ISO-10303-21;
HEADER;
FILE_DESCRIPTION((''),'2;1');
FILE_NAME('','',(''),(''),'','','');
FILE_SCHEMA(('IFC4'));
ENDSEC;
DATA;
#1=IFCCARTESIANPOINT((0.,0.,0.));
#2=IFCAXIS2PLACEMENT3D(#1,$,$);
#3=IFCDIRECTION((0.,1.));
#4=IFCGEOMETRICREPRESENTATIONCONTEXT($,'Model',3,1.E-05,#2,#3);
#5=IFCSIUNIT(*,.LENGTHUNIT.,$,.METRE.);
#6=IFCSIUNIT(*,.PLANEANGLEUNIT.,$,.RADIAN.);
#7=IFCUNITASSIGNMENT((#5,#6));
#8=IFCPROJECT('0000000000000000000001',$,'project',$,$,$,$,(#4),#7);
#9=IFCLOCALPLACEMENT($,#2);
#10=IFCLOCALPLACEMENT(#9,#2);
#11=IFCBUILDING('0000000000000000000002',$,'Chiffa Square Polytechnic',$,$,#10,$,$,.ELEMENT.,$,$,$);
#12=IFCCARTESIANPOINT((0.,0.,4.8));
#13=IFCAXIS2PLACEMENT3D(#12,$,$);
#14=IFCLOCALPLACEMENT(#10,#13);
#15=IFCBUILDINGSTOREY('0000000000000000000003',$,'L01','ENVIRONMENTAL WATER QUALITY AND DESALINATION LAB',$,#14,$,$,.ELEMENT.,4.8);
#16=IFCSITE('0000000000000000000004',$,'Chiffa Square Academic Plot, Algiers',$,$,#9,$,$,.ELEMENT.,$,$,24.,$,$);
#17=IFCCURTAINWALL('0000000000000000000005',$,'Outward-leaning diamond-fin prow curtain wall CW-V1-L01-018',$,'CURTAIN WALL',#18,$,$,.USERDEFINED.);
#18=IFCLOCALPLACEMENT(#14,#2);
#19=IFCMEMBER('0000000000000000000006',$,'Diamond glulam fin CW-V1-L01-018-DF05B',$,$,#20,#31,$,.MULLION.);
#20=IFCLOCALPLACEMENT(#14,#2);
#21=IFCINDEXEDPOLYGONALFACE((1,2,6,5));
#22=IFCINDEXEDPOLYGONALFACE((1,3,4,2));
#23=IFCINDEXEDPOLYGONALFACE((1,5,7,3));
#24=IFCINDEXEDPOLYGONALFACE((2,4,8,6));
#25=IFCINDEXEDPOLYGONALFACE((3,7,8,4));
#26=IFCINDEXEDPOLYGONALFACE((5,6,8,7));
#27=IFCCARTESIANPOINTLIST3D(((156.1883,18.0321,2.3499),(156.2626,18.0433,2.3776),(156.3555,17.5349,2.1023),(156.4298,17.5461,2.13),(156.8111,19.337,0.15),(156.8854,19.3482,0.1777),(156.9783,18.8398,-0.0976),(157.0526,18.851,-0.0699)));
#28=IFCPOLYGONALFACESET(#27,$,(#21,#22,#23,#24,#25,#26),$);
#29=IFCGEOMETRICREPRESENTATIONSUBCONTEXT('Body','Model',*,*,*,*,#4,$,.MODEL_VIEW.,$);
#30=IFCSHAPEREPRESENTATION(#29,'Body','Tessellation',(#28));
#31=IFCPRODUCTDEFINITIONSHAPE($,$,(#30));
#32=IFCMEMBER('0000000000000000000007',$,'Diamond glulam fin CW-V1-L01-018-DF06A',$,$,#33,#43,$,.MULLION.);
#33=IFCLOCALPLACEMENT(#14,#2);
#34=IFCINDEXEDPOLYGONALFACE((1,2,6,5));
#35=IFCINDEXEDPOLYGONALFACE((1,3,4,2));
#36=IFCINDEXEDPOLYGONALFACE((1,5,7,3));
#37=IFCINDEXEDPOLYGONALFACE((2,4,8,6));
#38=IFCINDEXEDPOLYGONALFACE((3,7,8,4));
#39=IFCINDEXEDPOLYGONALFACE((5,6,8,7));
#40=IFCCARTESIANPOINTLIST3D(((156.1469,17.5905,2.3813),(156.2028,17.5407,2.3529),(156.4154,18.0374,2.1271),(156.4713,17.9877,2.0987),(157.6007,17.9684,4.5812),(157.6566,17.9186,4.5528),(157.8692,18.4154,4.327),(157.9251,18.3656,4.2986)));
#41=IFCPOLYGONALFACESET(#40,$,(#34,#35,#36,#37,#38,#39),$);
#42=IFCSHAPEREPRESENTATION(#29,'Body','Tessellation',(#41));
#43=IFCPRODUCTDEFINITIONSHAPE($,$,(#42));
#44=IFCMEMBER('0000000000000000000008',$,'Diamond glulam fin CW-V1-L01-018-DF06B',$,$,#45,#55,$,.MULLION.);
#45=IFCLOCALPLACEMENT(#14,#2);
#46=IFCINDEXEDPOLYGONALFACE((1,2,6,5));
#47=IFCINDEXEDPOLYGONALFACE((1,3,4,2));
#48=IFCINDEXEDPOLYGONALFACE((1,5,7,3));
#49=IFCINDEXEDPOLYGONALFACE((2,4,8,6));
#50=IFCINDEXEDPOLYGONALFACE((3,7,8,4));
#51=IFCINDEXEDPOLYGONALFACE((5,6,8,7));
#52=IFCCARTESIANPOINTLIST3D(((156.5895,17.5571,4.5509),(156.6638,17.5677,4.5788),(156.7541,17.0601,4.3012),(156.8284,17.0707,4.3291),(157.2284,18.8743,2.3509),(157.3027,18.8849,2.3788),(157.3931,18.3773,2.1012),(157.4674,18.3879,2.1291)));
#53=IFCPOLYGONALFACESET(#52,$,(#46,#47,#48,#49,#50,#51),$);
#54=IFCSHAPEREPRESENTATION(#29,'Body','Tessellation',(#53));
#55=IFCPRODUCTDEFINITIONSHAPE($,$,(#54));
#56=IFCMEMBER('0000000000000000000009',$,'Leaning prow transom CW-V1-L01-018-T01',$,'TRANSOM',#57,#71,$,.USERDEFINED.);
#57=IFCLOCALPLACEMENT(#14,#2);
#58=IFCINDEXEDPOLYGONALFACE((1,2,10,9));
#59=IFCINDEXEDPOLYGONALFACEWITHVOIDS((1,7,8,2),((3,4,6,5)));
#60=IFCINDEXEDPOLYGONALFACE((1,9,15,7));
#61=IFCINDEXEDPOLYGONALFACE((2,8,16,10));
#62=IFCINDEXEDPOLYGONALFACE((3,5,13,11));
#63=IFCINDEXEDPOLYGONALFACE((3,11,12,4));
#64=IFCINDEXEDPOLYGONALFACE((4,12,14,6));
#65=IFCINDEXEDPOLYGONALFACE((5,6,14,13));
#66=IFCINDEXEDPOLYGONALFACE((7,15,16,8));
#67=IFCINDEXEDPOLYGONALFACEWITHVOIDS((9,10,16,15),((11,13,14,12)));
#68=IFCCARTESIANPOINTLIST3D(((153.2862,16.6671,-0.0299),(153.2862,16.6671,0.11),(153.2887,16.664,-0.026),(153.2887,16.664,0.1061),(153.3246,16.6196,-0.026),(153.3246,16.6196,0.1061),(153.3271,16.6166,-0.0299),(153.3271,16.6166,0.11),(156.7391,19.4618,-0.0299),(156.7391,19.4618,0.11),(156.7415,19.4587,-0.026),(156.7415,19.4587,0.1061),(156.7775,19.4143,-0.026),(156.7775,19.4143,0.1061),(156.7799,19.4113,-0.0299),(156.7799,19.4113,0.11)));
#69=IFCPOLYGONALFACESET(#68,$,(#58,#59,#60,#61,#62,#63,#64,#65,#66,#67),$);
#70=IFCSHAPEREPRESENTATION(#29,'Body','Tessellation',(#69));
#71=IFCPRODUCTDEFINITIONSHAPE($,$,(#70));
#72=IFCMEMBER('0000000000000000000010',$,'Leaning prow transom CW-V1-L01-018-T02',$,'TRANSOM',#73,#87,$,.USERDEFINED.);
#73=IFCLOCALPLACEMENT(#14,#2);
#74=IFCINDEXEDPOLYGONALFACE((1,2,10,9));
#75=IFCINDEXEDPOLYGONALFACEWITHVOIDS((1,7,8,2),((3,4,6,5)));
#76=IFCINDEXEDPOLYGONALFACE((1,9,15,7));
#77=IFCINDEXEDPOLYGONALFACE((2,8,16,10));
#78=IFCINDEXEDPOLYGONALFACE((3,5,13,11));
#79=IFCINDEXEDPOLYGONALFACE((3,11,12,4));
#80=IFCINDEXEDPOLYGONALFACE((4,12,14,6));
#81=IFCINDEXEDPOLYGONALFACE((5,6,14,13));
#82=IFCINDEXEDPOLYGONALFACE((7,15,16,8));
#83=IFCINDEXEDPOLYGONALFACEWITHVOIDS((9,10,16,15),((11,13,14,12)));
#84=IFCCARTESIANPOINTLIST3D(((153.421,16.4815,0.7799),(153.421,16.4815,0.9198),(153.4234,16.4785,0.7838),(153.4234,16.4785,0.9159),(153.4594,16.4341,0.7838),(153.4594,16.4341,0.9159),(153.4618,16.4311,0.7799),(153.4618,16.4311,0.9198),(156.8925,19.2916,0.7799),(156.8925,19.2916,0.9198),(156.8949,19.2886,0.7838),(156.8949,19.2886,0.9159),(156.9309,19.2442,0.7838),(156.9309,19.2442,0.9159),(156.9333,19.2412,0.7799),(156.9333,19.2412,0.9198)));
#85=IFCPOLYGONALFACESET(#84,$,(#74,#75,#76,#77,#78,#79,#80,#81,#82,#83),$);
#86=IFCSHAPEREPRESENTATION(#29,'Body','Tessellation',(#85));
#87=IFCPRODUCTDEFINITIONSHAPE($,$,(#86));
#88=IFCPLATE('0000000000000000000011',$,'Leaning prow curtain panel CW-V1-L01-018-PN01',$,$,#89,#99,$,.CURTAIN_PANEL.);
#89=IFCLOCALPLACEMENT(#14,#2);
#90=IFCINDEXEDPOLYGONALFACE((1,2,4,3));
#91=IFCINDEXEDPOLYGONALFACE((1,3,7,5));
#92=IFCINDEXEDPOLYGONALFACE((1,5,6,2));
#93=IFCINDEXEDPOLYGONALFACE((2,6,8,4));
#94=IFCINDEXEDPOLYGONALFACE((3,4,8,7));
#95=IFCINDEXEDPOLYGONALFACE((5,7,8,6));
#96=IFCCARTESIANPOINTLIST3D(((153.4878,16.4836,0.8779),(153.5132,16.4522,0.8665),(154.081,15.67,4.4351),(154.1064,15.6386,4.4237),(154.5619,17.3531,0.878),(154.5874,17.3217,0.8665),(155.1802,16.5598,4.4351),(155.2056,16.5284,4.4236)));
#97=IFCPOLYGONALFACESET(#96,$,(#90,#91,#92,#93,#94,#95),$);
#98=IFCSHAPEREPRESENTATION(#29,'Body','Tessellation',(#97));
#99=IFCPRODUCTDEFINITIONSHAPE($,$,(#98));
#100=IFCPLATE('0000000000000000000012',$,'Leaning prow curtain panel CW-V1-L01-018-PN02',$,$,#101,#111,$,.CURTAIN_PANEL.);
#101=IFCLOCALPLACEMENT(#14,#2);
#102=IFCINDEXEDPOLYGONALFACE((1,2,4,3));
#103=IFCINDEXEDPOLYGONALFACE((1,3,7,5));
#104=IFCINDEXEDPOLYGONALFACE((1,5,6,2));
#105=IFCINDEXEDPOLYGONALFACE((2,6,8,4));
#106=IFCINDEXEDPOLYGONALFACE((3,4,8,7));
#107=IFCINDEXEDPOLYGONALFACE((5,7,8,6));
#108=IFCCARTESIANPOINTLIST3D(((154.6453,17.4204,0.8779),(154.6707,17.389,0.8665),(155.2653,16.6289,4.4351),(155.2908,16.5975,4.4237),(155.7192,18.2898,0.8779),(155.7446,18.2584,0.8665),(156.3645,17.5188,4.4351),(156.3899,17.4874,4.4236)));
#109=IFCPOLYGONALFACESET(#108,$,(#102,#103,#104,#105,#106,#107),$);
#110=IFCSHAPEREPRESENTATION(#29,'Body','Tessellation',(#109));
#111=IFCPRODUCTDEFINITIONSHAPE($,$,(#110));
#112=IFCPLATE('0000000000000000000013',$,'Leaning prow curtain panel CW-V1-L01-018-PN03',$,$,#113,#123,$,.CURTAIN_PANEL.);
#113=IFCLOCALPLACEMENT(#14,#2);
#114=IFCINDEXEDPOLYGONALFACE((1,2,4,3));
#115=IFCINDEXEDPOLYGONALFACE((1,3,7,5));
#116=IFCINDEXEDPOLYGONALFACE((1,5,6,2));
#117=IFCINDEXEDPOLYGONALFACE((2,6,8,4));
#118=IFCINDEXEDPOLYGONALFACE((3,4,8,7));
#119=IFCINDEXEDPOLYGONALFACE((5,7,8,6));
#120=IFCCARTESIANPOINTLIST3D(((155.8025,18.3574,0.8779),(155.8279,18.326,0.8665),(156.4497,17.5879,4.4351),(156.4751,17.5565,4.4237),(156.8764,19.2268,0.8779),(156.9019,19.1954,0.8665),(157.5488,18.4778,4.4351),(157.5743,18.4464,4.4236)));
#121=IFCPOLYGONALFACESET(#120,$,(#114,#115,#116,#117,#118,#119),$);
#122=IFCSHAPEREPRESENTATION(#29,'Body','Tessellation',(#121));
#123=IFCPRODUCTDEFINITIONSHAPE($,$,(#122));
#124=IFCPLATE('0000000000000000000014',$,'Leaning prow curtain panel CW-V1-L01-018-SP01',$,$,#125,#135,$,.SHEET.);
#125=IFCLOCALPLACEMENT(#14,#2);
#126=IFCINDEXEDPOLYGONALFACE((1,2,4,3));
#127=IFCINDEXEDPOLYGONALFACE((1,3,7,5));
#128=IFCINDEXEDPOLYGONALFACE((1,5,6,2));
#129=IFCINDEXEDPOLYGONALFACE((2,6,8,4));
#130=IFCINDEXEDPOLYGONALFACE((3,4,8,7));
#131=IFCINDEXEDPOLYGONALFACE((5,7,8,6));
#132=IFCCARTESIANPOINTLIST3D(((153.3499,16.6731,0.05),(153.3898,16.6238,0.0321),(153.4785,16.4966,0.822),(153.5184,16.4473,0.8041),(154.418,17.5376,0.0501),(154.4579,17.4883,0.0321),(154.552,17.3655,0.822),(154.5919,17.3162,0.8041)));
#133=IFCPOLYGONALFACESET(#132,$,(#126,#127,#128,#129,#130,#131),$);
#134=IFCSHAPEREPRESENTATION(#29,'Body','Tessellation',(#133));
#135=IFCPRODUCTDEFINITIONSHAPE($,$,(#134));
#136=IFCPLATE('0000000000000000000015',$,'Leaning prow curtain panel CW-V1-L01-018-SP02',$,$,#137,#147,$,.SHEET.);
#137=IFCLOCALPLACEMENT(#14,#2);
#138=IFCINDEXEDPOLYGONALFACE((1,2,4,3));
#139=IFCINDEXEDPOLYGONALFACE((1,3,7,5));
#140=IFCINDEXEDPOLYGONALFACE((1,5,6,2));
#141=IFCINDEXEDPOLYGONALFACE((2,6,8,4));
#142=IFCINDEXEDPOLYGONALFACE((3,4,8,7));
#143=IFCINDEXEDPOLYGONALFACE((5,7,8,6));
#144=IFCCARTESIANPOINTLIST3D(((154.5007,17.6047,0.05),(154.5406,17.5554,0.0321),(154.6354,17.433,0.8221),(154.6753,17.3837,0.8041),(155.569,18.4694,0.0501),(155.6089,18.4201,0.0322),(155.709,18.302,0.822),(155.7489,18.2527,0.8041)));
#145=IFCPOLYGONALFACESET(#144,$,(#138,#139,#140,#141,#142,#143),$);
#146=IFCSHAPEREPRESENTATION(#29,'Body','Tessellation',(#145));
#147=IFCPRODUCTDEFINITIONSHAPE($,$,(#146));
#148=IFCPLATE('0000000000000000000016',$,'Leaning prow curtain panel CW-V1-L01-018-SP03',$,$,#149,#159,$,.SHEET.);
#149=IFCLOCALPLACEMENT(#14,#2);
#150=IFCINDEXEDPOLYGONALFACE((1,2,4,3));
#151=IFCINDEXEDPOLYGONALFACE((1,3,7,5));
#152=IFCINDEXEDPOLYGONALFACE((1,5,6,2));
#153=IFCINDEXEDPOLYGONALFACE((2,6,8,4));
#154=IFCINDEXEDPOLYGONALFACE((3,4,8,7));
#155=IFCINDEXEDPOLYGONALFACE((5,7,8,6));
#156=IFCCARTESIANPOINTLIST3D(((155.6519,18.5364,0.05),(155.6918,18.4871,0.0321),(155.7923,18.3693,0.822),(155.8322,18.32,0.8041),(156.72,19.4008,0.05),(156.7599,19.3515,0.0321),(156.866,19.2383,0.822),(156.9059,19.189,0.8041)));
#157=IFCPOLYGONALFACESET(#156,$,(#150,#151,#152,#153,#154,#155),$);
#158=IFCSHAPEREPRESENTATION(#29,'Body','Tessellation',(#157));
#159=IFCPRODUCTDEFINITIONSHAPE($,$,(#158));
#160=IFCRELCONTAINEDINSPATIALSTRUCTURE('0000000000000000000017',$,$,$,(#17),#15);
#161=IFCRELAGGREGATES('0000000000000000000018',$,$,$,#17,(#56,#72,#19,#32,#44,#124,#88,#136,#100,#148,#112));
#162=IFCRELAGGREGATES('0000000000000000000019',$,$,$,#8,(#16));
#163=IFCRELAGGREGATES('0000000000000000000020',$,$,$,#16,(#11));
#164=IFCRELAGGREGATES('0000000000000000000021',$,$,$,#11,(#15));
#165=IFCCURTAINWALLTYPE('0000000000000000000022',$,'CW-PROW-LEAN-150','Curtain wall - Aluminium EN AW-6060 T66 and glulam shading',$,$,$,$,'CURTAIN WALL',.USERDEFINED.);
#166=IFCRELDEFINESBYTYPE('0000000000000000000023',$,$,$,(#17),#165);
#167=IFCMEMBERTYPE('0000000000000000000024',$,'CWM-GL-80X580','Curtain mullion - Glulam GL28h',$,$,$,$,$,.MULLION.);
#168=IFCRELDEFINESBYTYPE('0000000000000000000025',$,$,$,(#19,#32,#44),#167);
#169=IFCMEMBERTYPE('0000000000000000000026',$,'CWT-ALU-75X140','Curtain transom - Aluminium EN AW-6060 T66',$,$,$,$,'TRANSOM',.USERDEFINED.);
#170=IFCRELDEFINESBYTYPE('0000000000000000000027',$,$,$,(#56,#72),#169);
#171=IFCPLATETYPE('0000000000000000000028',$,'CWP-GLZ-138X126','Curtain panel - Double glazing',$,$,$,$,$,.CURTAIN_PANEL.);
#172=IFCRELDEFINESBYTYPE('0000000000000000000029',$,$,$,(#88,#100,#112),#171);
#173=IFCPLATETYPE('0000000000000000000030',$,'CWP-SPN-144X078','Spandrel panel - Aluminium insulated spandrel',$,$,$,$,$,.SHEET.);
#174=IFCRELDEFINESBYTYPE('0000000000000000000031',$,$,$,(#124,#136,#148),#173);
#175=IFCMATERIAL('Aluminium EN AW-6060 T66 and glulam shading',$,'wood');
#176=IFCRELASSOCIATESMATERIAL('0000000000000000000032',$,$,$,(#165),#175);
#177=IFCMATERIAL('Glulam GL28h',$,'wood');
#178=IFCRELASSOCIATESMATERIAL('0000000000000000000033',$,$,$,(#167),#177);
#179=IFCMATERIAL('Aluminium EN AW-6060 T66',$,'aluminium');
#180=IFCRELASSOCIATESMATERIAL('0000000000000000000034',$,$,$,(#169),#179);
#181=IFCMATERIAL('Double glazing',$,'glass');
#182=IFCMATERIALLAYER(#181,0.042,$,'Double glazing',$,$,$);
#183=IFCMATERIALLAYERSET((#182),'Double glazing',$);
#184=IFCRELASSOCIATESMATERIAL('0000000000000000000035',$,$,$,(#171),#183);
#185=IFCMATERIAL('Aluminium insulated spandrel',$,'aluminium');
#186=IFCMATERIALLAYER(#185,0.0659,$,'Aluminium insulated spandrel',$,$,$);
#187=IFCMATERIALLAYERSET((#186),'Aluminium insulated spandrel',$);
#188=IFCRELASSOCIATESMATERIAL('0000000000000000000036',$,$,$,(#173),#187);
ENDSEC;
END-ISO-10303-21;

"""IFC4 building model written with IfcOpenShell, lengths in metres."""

from ifc_helpers import new_model, si_unit, direction, frame, origin, origin_2d, place, context, subcontext, project, spatial, polyline, rectangle, hollow_rectangle, outline, extrude, material, layer, layer_set, material_profile, profile_set, type_object, element, aggregate, save


model = new_model("IFC4")

# Units and contexts
model_context = context("Model", 3, precision=1e-05, world=origin(), true_north=direction((0.0, 1.0)))
body_context = subcontext(model_context, "Body", "Model", "MODEL_VIEW")
ifc_project = project(units=[si_unit("LENGTHUNIT", "METRE"), si_unit("PLANEANGLEUNIT", "RADIAN")], contexts=[model_context])

# Site, building, storey
site_placement = place(None, origin())
site = spatial("IfcSite", under=ifc_project, at=site_placement, Name="Chiffa Square Academic Plot, Algiers", CompositionType="ELEMENT", RefElevation=24.0)
building_placement = place(site_placement, origin())
building = spatial("IfcBuilding", under=site, at=building_placement, Name="Chiffa Square Polytechnic", CompositionType="ELEMENT")
storey_placement = place(building_placement, frame((0.0, 0.0, 4.8)))
storey = spatial("IfcBuildingStorey", under=building, at=storey_placement, Name="L01", Description="ENVIRONMENTAL WATER QUALITY AND DESALINATION LAB", CompositionType="ELEMENT", Elevation=4.8)

# Shared definitions
ifc_material_1 = material(Name="Aluminium EN AW-6060 T66 and glulam shading", Category="wood")
ifc_material_2 = material(Name="Aluminium EN AW-6060 T66", Category="aluminium")

# Curtain wall, members, plates
curtain_wall_type_1 = type_object("IfcCurtainWallType", Name="CW-PROW-LEAN-150", Description="Curtain wall - Aluminium EN AW-6060 T66 and glulam shading", ElementType="CURTAIN WALL", PredefinedType="USERDEFINED", material=ifc_material_1)
curtain_wall_1_placement = place(storey_placement, origin())
curtain_wall_1 = element("IfcCurtainWall", 1, at=curtain_wall_1_placement, inside=storey, type_object=curtain_wall_type_1, Name="Outward-leaning diamond-fin prow curtain wall CW-V1-L01-018", ObjectType="CURTAIN WALL", PredefinedType="USERDEFINED")
ifc_material_3 = material(Name="Glulam GL28h", Category="wood")
ifc_material_profile_1 = material_profile(ifc_material_3, rectangle(XDim=0.0801, YDim=0.5801, at=origin_2d()), Name="GL28h 80x580")
ifc_profile_set_1 = profile_set([ifc_material_profile_1], Name="Glulam GL28h")
member_type_1 = type_object("IfcMemberType", Name="CWM-GL-80X580", Description="Curtain mullion - Glulam GL28h", PredefinedType="MULLION", material=ifc_profile_set_1)
member_1_placement = place(storey_placement, frame((156.9319, 19.094, 0.04), z_axis=(-0.236574, -0.495684, 0.835661), x_axis=(0.927879, 0.139877, 0.345651)))
member_1 = element("IfcMember", 2, at=member_1_placement, type_object=member_type_1, Name="Diamond glulam fin CW-V1-L01-018-DF05B", PredefinedType="MULLION", context=body_context, shape_type="SweptSolid", body=[
    extrude(rectangle(XDim=0.0801, YDim=0.5801, at=origin_2d()), origin(), (0.0, 0.0, 1.0), 2.6326),
])
member_2_placement = place(storey_placement, frame((156.3091, 17.7891, 2.24), z_axis=(0.545765, 0.141871, 0.825841), x_axis=(-0.698522, 0.621394, 0.354876)))
member_2 = element("IfcMember", 3, at=member_2_placement, type_object=member_type_1, Name="Diamond glulam fin CW-V1-L01-018-DF06A", PredefinedType="MULLION", context=body_context, shape_type="SweptSolid", body=[
    extrude(rectangle(XDim=0.0801, YDim=0.5801, at=origin_2d()), origin(), (0.0, 0.0, 1.0), 2.6638),
])
member_3_placement = place(storey_placement, frame((157.3479, 18.6311, 2.24), z_axis=(-0.241784, -0.498442, 0.832524), x_axis=(0.927886, 0.132213, 0.348637)))
member_3 = element("IfcMember", 4, at=member_3_placement, type_object=member_type_1, Name="Diamond glulam fin CW-V1-L01-018-DF06B", PredefinedType="MULLION", context=body_context, shape_type="SweptSolid", body=[
    extrude(rectangle(XDim=0.0801, YDim=0.5801, at=origin_2d()), origin(), (0.0, 0.0, 1.0), 2.6426),
])
ifc_material_profile_2 = material_profile(ifc_material_2, hollow_rectangle(XDim=0.0649, YDim=0.1399, WallThickness=0.0039, at=origin_2d()), Name="ALU 65x140x4")
ifc_profile_set_2 = profile_set([ifc_material_profile_2], Name="Aluminium EN AW-6060 T66")
member_type_2 = type_object("IfcMemberType", Name="CWT-ALU-75X140", Description="Curtain transom - Aluminium EN AW-6060 T66", ElementType="TRANSOM", PredefinedType="USERDEFINED", material=ifc_profile_set_2)
member_4_placement = place(storey_placement, frame((153.3066, 16.6418, 0.04), z_axis=(0.777301, 0.629129, 0.0), x_axis=(-0.629129, 0.777301, 0.0)))
member_4 = element("IfcMember", 5, at=member_4_placement, type_object=member_type_2, Name="Leaning prow transom CW-V1-L01-018-T01", ObjectType="TRANSOM", PredefinedType="USERDEFINED", context=body_context, shape_type="SweptSolid", body=[
    extrude(hollow_rectangle(XDim=0.0649, YDim=0.1399, WallThickness=0.0039, at=origin_2d()), origin(), (0.0, 0.0, 1.0), 4.4421),
])
member_5_placement = place(storey_placement, frame((153.4414, 16.4563, 0.8499), z_axis=(0.777261, 0.629178, 0.0), x_axis=(-0.629178, 0.777261, 0.0)))
member_5 = element("IfcMember", 6, at=member_5_placement, type_object=member_type_2, Name="Leaning prow transom CW-V1-L01-018-T02", ObjectType="TRANSOM", PredefinedType="USERDEFINED", context=body_context, shape_type="SweptSolid", body=[
    extrude(hollow_rectangle(XDim=0.0649, YDim=0.1399, WallThickness=0.0039, at=origin_2d()), origin(), (0.0, 0.0, 1.0), 4.4663),
])
ifc_material_4 = material(Name="Double glazing", Category="glass")
ifc_layer_1 = layer(ifc_material_4, 0.042, Name="Double glazing")
ifc_layer_set_1 = layer_set([ifc_layer_1], Name="Double glazing")
plate_type_1 = type_object("IfcPlateType", Name="CWP-GLZ-138X126", Description="Curtain panel - Double glazing", PredefinedType="CURTAIN_PANEL", material=ifc_layer_set_1)
plate_1_placement = place(storey_placement, frame((153.4878, 16.4836, 0.8779), z_axis=(-0.605449, 0.747948, 0.272039), x_axis=(0.777266, 0.629172, 0.000026)))
plate_1 = element("IfcPlate", 7, at=plate_1_placement, type_object=plate_type_1, Name="Leaning prow curtain panel CW-V1-L01-018-PN01", PredefinedType="CURTAIN_PANEL", context=body_context, shape_type="SweptSolid", body=[
    extrude(outline(polyline([(0.0, 0.0), (1.3819, 0.0), (1.3634, -3.6965), (-0.0508, -3.6966), (0.0, 0.0)])), origin(), (0.0, 0.0, -1.0), 0.042),
])
plate_2_placement = place(storey_placement, frame((154.6453, 17.4204, 0.8779), z_axis=(-0.605504, 0.747931, 0.271966), x_axis=(0.777229, 0.629218, 0.000011)))
plate_2 = element("IfcPlate", 8, at=plate_2_placement, type_object=plate_type_1, Name="Leaning prow curtain panel CW-V1-L01-018-PN02", PredefinedType="CURTAIN_PANEL", context=body_context, shape_type="SweptSolid", body=[
    extrude(outline(polyline([(0.0, 0.0), (1.3818, 0.0), (1.3982, -3.6964), (-0.016, -3.6965), (0.0, 0.0)])), origin(), (0.0, 0.0, -1.0), 0.042),
])
plate_3_placement = place(storey_placement, frame((155.8025, 18.3574, 0.8779), z_axis=(-0.605505, 0.747932, 0.271959), x_axis=(0.777229, 0.629218, 0.000011)))
plate_3 = element("IfcPlate", 9, at=plate_3_placement, type_object=plate_type_1, Name="Leaning prow curtain panel CW-V1-L01-018-PN03", PredefinedType="CURTAIN_PANEL", context=body_context, shape_type="SweptSolid", body=[
    extrude(outline(polyline([(0.0, 0.0), (1.3818, 0.0), (1.4331, -3.6964), (0.0189, -3.6965), (0.0, 0.0)])), origin(), (0.0, 0.0, -1.0), 0.042),
])
ifc_material_5 = material(Name="Aluminium insulated spandrel", Category="aluminium")
ifc_layer_2 = layer(ifc_material_5, 0.0659, Name="Aluminium insulated spandrel")
ifc_layer_set_2 = layer_set([ifc_layer_2], Name="Aluminium insulated spandrel")
plate_type_2 = type_object("IfcPlateType", Name="CWP-SPN-144X078", Description="Spandrel panel - Aluminium insulated spandrel", PredefinedType="SHEET", material=ifc_layer_set_2)
plate_4_placement = place(storey_placement, frame((153.3499, 16.6731, 0.05), z_axis=(-0.605432, 0.748007, 0.271916), x_axis=(0.777295, 0.629136, 0.000003)))
plate_4 = element("IfcPlate", 10, at=plate_4_placement, type_object=plate_type_2, Name="Leaning prow curtain panel CW-V1-L01-018-SP01", PredefinedType="SHEET", context=body_context, shape_type="SweptSolid", body=[
    extrude(outline(polyline([(0.0, 0.0), (1.3741, 0.0), (1.37, -0.8022), (-0.011, -0.8022), (0.0, 0.0)])), origin(), (0.0, 0.0, -1.0), 0.0659),
])
plate_5_placement = place(storey_placement, frame((154.5007, 17.6047, 0.05), z_axis=(-0.605429, 0.747983, 0.271989), x_axis=(0.777293, 0.629139, 0.000036)))
plate_5 = element("IfcPlate", 11, at=plate_5_placement, type_object=plate_type_2, Name="Leaning prow curtain panel CW-V1-L01-018-SP02", PredefinedType="SHEET", context=body_context, shape_type="SweptSolid", body=[
    extrude(outline(polyline([(0.0, 0.0), (1.3743, 0.0), (1.3779, -0.8022), (-0.0034, -0.8023), (0.0, 0.0)])), origin(), (0.0, 0.0, -1.0), 0.0659),
])
plate_6_placement = place(storey_placement, frame((155.6519, 18.5364, 0.05), z_axis=(-0.60538, 0.748028, 0.271972), x_axis=(0.777327, 0.629096, -0.000011)))
plate_6 = element("IfcPlate", 12, at=plate_6_placement, type_object=plate_type_2, Name="Leaning prow curtain panel CW-V1-L01-018-SP03", PredefinedType="SHEET", context=body_context, shape_type="SweptSolid", body=[
    extrude(outline(polyline([(0.0, 0.0), (1.3741, 0.0), (1.3853, -0.8022), (0.0041, -0.8022), (0.0, 0.0)])), origin(), (0.0, 0.0, -1.0), 0.0659),
])
aggregate(curtain_wall_1, [member_4, member_5, member_1, member_2, member_3, plate_4, plate_1, plate_5, plate_2, plate_6, plate_3])

save(model, "model.ifc")
